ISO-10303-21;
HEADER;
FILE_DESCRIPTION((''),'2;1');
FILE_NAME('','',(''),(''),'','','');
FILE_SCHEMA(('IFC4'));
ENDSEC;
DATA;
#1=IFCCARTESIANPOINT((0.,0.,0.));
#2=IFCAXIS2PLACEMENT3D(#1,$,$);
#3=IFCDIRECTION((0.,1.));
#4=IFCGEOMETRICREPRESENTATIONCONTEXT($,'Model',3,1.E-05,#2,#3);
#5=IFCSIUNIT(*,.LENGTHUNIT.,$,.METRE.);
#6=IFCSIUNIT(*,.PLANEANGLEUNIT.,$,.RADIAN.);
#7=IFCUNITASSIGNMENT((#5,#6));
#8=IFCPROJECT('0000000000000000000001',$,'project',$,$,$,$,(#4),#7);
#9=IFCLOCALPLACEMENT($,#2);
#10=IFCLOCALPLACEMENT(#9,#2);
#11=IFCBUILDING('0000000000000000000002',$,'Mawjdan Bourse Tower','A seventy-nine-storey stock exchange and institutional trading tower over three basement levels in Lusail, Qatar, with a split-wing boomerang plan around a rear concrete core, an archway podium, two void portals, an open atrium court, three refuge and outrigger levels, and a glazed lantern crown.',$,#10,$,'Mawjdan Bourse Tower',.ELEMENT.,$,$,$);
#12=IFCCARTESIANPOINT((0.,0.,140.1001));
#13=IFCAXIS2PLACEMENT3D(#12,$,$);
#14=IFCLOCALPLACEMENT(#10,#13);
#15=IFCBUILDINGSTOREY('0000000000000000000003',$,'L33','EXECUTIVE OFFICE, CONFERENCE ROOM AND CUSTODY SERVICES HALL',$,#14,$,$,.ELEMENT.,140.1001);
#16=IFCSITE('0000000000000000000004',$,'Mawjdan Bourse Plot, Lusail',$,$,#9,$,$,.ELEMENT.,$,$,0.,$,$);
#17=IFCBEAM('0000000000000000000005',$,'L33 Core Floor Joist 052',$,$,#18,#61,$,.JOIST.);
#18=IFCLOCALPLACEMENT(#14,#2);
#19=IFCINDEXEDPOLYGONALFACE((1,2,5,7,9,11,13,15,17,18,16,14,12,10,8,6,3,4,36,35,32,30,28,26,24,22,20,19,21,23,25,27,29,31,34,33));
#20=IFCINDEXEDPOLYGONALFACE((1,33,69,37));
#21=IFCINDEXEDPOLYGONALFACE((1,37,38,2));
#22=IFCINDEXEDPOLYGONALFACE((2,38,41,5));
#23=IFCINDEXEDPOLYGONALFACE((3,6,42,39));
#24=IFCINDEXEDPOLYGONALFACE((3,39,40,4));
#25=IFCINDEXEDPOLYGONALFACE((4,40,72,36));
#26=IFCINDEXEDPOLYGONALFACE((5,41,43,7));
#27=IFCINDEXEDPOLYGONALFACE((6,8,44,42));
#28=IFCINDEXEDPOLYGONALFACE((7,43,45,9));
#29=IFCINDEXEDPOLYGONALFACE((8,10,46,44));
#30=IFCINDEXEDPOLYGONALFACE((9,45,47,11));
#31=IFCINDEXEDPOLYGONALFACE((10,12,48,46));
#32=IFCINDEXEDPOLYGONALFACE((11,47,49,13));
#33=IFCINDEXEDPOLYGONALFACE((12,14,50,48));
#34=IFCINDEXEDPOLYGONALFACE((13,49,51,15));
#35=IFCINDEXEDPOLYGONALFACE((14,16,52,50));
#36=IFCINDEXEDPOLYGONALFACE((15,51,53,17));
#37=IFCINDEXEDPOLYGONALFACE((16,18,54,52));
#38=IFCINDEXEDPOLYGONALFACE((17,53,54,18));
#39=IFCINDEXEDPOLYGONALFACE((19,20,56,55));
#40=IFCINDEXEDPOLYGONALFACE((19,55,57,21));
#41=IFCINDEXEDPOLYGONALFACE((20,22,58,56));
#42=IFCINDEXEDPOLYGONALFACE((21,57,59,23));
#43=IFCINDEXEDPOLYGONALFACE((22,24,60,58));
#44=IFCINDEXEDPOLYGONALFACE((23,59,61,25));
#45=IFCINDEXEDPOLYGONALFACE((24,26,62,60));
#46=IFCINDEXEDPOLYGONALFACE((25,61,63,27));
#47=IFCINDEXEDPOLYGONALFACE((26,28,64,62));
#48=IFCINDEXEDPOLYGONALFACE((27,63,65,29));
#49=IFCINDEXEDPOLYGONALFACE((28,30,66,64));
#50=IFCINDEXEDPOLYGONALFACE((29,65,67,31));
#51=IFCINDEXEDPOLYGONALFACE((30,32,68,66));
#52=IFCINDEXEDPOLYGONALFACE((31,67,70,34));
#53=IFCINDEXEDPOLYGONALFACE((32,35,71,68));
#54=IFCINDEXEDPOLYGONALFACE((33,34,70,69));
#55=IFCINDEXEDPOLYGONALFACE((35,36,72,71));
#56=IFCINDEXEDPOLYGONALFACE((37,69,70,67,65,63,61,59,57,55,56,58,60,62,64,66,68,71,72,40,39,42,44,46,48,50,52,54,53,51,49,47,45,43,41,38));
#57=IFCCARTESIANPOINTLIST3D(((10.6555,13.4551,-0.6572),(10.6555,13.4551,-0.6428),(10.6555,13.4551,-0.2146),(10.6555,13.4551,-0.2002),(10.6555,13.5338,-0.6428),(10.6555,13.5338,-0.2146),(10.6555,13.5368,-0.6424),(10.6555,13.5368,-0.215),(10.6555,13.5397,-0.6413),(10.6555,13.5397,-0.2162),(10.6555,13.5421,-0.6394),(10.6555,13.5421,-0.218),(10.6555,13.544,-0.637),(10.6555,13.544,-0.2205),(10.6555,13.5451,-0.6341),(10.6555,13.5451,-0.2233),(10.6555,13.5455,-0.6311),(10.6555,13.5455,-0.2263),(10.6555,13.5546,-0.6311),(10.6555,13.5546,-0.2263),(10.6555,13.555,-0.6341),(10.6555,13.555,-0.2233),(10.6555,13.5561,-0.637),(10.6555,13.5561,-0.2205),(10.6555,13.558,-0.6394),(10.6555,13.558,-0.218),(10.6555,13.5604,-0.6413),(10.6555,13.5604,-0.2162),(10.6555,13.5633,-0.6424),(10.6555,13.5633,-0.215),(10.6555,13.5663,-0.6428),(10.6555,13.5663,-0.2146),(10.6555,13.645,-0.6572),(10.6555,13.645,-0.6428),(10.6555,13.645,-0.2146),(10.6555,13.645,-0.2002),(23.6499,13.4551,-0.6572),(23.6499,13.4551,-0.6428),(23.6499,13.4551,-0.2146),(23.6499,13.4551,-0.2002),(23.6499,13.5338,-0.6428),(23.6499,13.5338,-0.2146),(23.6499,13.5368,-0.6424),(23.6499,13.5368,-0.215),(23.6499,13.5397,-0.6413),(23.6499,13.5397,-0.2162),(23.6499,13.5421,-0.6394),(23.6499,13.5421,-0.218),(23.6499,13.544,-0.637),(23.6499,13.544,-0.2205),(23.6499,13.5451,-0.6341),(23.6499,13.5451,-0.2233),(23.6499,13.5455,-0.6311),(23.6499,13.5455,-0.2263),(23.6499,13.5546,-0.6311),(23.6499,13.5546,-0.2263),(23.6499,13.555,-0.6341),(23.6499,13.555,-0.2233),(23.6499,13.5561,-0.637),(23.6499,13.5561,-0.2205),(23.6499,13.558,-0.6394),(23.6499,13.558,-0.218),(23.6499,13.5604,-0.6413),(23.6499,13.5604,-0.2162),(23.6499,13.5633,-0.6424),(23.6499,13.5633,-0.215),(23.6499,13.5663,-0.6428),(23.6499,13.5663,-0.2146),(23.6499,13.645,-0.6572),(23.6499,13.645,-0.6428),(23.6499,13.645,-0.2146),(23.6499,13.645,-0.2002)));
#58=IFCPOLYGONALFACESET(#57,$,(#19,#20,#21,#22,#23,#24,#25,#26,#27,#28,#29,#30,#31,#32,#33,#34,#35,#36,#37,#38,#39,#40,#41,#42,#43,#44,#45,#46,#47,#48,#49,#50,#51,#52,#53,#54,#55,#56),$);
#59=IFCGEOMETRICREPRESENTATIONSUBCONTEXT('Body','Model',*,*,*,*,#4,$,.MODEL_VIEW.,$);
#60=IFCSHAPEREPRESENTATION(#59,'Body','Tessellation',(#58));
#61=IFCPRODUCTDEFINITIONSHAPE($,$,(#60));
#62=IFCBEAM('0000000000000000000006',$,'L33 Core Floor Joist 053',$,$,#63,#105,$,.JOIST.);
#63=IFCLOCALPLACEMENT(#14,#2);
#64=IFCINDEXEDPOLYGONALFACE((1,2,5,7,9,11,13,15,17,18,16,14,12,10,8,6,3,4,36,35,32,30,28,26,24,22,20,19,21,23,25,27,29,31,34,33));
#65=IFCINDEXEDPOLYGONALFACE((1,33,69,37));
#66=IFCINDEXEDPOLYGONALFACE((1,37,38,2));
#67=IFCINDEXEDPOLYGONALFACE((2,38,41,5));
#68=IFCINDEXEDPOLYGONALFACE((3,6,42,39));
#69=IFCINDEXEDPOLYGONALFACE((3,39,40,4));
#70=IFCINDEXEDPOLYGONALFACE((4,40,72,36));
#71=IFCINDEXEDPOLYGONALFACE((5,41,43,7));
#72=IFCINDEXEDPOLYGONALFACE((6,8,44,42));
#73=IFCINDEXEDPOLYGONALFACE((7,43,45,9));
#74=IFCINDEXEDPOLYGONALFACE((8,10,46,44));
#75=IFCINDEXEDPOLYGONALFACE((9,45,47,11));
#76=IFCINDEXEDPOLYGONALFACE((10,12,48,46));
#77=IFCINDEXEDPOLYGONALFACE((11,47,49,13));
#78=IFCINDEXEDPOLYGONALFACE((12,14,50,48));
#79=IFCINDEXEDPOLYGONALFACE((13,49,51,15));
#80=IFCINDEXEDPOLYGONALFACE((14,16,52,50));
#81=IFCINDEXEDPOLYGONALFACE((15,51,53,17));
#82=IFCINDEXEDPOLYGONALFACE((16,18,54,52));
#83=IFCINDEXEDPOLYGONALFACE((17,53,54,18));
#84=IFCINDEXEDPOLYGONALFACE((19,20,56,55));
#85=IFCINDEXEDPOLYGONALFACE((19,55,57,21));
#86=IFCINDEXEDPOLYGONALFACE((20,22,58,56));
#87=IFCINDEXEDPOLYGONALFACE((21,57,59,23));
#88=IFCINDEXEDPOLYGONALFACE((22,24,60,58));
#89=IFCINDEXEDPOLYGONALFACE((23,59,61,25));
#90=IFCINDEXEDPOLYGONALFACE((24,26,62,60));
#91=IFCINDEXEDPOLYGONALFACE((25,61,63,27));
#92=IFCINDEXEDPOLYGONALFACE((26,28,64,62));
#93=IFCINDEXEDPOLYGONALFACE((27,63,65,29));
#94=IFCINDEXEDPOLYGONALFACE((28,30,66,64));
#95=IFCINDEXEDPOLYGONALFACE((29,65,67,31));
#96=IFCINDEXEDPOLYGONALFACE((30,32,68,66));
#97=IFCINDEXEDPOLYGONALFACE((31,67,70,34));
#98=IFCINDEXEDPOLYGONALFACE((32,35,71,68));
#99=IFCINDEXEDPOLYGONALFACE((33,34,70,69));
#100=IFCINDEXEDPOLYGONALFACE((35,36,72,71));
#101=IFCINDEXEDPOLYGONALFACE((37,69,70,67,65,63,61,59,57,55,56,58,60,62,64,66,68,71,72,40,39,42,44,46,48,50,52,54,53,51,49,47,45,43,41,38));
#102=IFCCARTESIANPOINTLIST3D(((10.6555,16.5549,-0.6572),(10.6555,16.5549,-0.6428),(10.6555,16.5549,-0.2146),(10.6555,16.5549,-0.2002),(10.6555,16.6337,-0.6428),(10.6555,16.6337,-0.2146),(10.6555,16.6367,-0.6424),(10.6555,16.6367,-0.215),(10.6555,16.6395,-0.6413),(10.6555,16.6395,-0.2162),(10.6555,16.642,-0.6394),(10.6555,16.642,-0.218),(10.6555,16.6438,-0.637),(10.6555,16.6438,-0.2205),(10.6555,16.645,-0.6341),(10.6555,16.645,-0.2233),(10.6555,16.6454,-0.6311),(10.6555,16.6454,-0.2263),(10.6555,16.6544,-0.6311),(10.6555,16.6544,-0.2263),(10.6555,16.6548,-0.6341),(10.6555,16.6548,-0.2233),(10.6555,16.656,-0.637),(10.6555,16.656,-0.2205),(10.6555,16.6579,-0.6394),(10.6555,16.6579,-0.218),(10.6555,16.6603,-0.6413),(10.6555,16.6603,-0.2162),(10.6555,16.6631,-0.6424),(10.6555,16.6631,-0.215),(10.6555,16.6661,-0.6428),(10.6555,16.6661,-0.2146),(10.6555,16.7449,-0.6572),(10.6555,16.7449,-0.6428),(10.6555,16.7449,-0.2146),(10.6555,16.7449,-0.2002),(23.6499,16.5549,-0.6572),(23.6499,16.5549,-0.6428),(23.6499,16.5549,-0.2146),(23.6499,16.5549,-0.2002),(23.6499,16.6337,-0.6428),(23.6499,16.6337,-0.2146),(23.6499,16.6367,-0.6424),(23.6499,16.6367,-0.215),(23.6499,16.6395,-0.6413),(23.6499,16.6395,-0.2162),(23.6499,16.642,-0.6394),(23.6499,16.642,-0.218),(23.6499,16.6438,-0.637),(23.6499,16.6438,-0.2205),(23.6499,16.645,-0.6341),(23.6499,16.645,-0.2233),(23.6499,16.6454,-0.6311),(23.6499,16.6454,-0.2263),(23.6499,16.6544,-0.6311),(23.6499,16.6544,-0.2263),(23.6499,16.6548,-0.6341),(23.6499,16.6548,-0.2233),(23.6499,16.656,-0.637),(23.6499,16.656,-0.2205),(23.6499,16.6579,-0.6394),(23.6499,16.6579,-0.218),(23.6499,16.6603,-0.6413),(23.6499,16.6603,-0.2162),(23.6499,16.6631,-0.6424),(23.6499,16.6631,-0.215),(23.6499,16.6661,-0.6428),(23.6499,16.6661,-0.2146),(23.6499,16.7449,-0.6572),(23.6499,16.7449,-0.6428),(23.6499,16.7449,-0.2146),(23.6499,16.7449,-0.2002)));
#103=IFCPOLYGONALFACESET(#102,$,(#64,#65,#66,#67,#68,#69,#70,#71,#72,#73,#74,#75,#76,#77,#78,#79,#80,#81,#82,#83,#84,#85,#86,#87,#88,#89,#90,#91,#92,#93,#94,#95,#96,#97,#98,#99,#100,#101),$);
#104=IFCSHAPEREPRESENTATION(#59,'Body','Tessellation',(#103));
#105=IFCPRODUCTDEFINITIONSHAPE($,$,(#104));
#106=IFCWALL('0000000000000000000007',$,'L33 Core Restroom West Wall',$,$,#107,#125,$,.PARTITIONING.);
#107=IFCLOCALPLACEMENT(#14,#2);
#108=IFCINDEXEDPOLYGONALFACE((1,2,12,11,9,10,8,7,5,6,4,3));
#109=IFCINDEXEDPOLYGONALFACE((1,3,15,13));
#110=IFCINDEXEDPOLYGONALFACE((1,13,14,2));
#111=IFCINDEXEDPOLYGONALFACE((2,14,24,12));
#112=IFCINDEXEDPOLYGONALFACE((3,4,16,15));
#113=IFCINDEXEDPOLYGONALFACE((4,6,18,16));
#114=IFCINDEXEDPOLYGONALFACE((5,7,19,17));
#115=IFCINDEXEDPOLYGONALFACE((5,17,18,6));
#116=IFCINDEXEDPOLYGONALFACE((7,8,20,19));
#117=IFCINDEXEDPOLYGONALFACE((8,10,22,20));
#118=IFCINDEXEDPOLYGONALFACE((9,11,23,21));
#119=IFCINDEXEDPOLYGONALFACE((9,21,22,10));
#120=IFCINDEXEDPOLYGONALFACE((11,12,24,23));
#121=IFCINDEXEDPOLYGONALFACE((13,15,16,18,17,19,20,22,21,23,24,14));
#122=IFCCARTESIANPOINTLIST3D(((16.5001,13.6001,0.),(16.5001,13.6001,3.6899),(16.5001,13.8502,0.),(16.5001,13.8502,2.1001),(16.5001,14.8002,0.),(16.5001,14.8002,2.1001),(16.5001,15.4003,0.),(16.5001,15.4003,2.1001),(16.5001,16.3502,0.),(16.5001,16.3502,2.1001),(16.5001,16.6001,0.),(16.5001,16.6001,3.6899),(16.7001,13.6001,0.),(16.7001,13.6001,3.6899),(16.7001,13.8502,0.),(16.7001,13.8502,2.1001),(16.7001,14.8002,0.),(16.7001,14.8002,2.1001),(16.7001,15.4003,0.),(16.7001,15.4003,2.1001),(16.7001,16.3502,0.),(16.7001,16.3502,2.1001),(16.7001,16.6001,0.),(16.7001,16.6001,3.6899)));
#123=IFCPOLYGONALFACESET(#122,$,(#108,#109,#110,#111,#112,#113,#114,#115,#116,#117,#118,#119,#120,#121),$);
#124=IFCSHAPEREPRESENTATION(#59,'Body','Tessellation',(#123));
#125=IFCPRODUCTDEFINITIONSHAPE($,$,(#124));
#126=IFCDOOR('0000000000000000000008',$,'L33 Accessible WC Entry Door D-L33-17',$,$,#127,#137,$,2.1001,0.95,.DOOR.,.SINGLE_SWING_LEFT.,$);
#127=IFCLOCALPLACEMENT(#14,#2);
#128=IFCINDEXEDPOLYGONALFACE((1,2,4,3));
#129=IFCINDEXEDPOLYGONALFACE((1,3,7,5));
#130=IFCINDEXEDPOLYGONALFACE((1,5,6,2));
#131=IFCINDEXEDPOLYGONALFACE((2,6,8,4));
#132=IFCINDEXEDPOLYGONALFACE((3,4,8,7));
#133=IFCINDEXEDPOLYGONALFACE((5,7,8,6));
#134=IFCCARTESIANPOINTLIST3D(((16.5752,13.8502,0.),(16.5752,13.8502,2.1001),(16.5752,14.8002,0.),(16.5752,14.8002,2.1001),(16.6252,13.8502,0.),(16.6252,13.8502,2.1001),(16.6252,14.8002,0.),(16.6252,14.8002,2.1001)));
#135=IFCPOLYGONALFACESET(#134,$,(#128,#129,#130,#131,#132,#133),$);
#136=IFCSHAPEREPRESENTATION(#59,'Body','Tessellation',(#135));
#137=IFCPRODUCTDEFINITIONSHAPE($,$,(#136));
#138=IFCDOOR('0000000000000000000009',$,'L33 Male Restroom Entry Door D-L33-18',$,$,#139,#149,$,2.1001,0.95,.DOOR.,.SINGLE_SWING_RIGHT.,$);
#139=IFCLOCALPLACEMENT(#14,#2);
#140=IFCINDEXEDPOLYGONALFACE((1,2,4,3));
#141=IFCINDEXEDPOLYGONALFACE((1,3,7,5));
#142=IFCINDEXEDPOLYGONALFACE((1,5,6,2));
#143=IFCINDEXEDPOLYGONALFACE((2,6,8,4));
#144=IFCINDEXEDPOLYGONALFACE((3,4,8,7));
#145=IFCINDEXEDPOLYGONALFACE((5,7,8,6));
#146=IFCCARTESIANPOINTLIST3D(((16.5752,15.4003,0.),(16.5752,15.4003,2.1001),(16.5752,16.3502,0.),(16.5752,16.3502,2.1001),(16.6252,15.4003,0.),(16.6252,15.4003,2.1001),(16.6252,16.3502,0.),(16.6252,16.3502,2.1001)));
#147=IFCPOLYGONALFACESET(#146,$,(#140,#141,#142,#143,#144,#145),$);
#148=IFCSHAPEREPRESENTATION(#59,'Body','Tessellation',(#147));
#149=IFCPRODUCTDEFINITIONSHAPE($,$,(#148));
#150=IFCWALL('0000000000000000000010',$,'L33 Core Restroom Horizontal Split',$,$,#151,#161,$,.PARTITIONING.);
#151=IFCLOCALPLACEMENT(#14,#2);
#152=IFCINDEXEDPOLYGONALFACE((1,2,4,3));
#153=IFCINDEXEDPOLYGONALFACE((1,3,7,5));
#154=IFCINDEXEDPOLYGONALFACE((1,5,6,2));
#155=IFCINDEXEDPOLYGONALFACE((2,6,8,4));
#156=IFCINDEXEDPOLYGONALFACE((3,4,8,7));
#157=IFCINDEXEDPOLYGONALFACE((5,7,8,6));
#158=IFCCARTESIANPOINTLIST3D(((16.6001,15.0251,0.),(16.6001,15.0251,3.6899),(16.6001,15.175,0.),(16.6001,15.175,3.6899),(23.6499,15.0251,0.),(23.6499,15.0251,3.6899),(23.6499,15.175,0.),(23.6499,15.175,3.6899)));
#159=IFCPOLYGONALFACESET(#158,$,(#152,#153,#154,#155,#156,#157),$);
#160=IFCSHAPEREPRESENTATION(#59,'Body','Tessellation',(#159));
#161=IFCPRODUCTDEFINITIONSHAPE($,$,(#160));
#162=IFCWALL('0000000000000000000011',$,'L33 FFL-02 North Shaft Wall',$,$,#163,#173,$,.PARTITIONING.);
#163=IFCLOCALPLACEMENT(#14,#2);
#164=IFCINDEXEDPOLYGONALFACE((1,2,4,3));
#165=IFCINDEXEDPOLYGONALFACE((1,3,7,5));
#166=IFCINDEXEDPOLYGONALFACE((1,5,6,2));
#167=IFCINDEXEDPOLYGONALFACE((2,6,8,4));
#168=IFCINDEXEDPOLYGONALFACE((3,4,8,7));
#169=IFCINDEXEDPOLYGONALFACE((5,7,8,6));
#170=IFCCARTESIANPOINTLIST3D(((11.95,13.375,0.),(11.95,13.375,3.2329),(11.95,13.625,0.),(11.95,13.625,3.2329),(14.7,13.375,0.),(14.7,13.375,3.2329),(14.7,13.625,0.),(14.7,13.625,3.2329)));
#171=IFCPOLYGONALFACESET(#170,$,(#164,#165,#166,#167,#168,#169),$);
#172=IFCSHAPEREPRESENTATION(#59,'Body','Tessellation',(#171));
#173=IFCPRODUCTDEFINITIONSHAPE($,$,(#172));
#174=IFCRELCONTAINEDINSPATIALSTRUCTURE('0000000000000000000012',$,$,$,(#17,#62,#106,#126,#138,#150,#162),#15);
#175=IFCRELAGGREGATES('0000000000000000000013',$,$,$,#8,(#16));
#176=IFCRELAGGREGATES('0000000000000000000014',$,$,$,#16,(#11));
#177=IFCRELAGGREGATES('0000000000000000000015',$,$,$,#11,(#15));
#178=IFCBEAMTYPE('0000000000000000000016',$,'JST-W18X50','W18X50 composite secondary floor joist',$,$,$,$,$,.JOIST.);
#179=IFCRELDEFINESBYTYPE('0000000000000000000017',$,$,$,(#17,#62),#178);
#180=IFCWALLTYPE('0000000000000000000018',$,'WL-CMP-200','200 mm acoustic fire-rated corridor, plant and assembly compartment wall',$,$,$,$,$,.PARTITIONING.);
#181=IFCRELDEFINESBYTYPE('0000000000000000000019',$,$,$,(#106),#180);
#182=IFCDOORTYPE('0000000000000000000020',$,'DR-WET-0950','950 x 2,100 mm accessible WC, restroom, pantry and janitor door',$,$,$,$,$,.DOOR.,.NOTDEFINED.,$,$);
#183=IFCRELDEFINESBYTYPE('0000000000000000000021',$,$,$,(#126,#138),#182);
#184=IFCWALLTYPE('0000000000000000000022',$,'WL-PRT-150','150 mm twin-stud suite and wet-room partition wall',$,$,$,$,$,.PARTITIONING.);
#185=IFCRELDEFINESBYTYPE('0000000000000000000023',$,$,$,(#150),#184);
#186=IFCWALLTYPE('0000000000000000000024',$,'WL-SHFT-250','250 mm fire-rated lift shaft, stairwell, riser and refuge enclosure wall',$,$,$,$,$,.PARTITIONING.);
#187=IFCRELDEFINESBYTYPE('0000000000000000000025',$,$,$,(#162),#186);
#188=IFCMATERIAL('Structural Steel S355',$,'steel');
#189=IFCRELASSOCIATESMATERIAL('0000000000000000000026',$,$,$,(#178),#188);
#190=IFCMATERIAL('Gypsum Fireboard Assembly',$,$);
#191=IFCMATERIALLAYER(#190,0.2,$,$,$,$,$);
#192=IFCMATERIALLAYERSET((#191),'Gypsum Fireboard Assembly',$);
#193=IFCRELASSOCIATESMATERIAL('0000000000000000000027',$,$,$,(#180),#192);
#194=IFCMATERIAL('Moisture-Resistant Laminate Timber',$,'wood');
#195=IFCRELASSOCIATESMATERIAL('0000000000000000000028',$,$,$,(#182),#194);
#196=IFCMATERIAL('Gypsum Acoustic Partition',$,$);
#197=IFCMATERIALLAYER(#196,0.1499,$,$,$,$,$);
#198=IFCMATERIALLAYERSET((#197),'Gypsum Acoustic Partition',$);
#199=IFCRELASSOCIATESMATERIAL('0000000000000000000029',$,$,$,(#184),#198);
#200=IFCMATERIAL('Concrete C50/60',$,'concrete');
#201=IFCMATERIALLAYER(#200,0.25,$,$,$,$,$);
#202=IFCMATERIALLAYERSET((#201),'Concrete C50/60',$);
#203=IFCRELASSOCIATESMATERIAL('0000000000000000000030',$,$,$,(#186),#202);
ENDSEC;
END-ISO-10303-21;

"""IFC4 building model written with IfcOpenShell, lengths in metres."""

from ifc_helpers import new_model, si_unit, direction, frame, frame_2d, origin, origin_2d, place, context, subcontext, project, spatial, rectangle, i_section, extrude, material, layer, layer_set, material_profile, profile_set, type_object, element, fill, save


model = new_model("IFC4")

# Units and contexts
model_context = context("Model", 3, precision=1e-05, world=origin(), true_north=direction((0.0, 1.0)))
body_context = subcontext(model_context, "Body", "Model", "MODEL_VIEW")
ifc_project = project(units=[si_unit("LENGTHUNIT", "METRE"), si_unit("PLANEANGLEUNIT", "RADIAN")], contexts=[model_context])

# Site, building, storey
site_placement = place(None, origin())
site = spatial("IfcSite", under=ifc_project, at=site_placement, Name="Mawjdan Bourse Plot, Lusail", CompositionType="ELEMENT", RefElevation=0.0)
building_placement = place(site_placement, origin())
building = spatial("IfcBuilding", under=site, at=building_placement, Name="Mawjdan Bourse Tower", Description="A seventy-nine-storey stock exchange and institutional trading tower over three basement levels in Lusail, Qatar, with a split-wing boomerang plan around a rear concrete core, an archway podium, two void portals, an open atrium court, three refuge and outrigger levels, and a glazed lantern crown.", LongName="Mawjdan Bourse Tower", CompositionType="ELEMENT")
storey_placement = place(building_placement, frame((0.0, 0.0, 140.1001)))
storey = spatial("IfcBuildingStorey", under=building, at=storey_placement, Name="L33", Description="EXECUTIVE OFFICE, CONFERENCE ROOM AND CUSTODY SERVICES HALL", CompositionType="ELEMENT", Elevation=140.1001)

# Beams
ifc_material_1 = material(Name="Structural Steel S355", Category="steel")
ifc_material_profile = material_profile(ifc_material_1, i_section(OverallWidth=0.1899, OverallDepth=0.457, WebThickness=0.009, FlangeThickness=0.0144, FilletRadius=0.0117, at=origin_2d()), Name="W18X50")
ifc_profile_set = profile_set([ifc_material_profile], Name="Structural Steel S355")
beam_type = type_object("IfcBeamType", Name="JST-W18X50", Description="W18X50 composite secondary floor joist", PredefinedType="JOIST", material=ifc_profile_set)
for number, where, z_axis, x_axis, name in (
    (1, (10.6555, 13.55, -0.4287), (1.0, 0.0, 0.0), (0.0, 1.0, 0.0), "L33 Core Floor Joist 052"),
    (2, (10.6555, 16.6499, -0.4287), (1.0, 0.0, 0.0), (0.0, 1.0, 0.0), "L33 Core Floor Joist 053"),
):
    element("IfcBeam", number, at=place(storey_placement, frame(where, z_axis=z_axis, x_axis=x_axis)), inside=storey, type_object=beam_type, Name=name, PredefinedType="JOIST", context=body_context, shape_type="SweptSolid", body=[
        extrude(i_section(OverallWidth=0.1899, OverallDepth=0.457, WebThickness=0.009, FlangeThickness=0.0144, FilletRadius=0.0117, at=origin_2d()), origin(), (0.0, 0.0, 1.0), 12.9944),
    ])

# Wall, openings, doors
ifc_material_2 = material(Name="Gypsum Fireboard Assembly")
ifc_layer_1 = layer(ifc_material_2, 0.2)
ifc_layer_set_1 = layer_set([ifc_layer_1], Name="Gypsum Fireboard Assembly")
wall_type_1 = type_object("IfcWallType", Name="WL-CMP-200", Description="200 mm acoustic fire-rated corridor, plant and assembly compartment wall", PredefinedType="PARTITIONING", material=ifc_layer_set_1)
wall_1_placement = place(storey_placement, frame((16.6001, 13.6001, 0.0), z_axis=(0.0, 0.0, 1.0), x_axis=(0.0, 1.0, 0.0)))
wall_1 = element("IfcWall", 3, at=wall_1_placement, inside=storey, type_object=wall_type_1, Name="L33 Core Restroom West Wall", PredefinedType="PARTITIONING", context=body_context, shape_type="SweptSolid", body=[
    extrude(rectangle(XDim=3.0, YDim=0.2, at=frame_2d((1.5, 0.0))), origin(), (0.0, 0.0, 1.0), 3.6899),
])
opening_1_placement = place(wall_1_placement, frame((0.25, 0.0, 0.0)))
opening_1 = element("IfcOpeningElement", 4, at=opening_1_placement, cuts=wall_1, PredefinedType="OPENING", context=body_context, shape_type="SweptSolid", body=[
    extrude(rectangle(XDim=0.95, YDim=2.1001, at=frame_2d((0.4751, 1.05))), frame((0.0, 0.1099, 0.0), z_axis=(0.0, -1.0, 0.0), x_axis=(1.0, 0.0, 0.0)), (0.0, 0.0, 1.0), 0.22),
])
opening_2_placement = place(wall_1_placement, frame((1.8, 0.0, 0.0)))
opening_2 = element("IfcOpeningElement", 5, at=opening_2_placement, cuts=wall_1, PredefinedType="OPENING", context=body_context, shape_type="SweptSolid", body=[
    extrude(rectangle(XDim=0.95, YDim=2.1001, at=frame_2d((0.4751, 1.05))), frame((0.0, 0.1099, 0.0), z_axis=(0.0, -1.0, 0.0), x_axis=(1.0, 0.0, 0.0)), (0.0, 0.0, 1.0), 0.22),
])
ifc_material_3 = material(Name="Moisture-Resistant Laminate Timber", Category="wood")
door_type_1 = type_object("IfcDoorType", Name="DR-WET-0950", Description="950 x 2,100 mm accessible WC, restroom, pantry and janitor door", OperationType="NOTDEFINED", PredefinedType="DOOR", material=ifc_material_3)
door_1_placement = place(opening_1_placement, origin())
door_1 = element("IfcDoor", 6, at=door_1_placement, inside=storey, type_object=door_type_1, Name="L33 Accessible WC Entry Door D-L33-17", OperationType="SINGLE_SWING_LEFT", OverallHeight=2.1001, OverallWidth=0.95, PredefinedType="DOOR", context=body_context, shape_type="SweptSolid", body=[
    extrude(rectangle(XDim=0.95, YDim=2.1001, at=frame_2d((0.4751, 1.05))), frame((0.0, 0.0249, 0.0), z_axis=(0.0, -1.0, 0.0), x_axis=(1.0, 0.0, 0.0)), (0.0, 0.0, 1.0), 0.05),
])
fill(opening_1, door_1)
door_2_placement = place(opening_2_placement, origin())
door_2 = element("IfcDoor", 7, at=door_2_placement, inside=storey, type_object=door_type_1, Name="L33 Male Restroom Entry Door D-L33-18", OperationType="SINGLE_SWING_RIGHT", OverallHeight=2.1001, OverallWidth=0.95, PredefinedType="DOOR", context=body_context, shape_type="SweptSolid", body=[
    extrude(rectangle(XDim=0.95, YDim=2.1001, at=frame_2d((0.4751, 1.05))), frame((0.0, 0.0249, 0.0), z_axis=(0.0, -1.0, 0.0), x_axis=(1.0, 0.0, 0.0)), (0.0, 0.0, 1.0), 0.05),
])
fill(opening_2, door_2)

# Walls
ifc_material_4 = material(Name="Gypsum Acoustic Partition")
ifc_layer_2 = layer(ifc_material_4, 0.1499)
ifc_layer_set_2 = layer_set([ifc_layer_2], Name="Gypsum Acoustic Partition")
wall_type_2 = type_object("IfcWallType", Name="WL-PRT-150", Description="150 mm twin-stud suite and wet-room partition wall", PredefinedType="PARTITIONING", material=ifc_layer_set_2)
wall_2_placement = place(storey_placement, frame((16.6001, 15.1001, 0.0), z_axis=(0.0, 0.0, 1.0), x_axis=(1.0, 0.0, 0.0)))
element("IfcWall", 8, at=wall_2_placement, inside=storey, type_object=wall_type_2, Name="L33 Core Restroom Horizontal Split", PredefinedType="PARTITIONING", context=body_context, shape_type="SweptSolid", body=[
    extrude(rectangle(XDim=7.0498, YDim=0.1499, at=frame_2d((3.5249, 0.0))), origin(), (0.0, 0.0, 1.0), 3.6899),
])
ifc_material_5 = material(Name="Concrete C50/60", Category="concrete")
ifc_layer_3 = layer(ifc_material_5, 0.25)
ifc_layer_set_3 = layer_set([ifc_layer_3], Name="Concrete C50/60")
wall_type_3 = type_object("IfcWallType", Name="WL-SHFT-250", Description="250 mm fire-rated lift shaft, stairwell, riser and refuge enclosure wall", PredefinedType="PARTITIONING", material=ifc_layer_set_3)
wall_3_placement = place(storey_placement, frame((11.95, 13.5, 0.0), z_axis=(0.0, 0.0, 1.0), x_axis=(1.0, 0.0, 0.0)))
element("IfcWall", 9, at=wall_3_placement, inside=storey, type_object=wall_type_3, Name="L33 FFL-02 North Shaft Wall", PredefinedType="PARTITIONING", context=body_context, shape_type="SweptSolid", body=[
    extrude(rectangle(XDim=2.75, YDim=0.25, at=frame_2d((1.375, 0.0))), origin(), (0.0, 0.0, 1.0), 3.2329),
])

save(model, "model.ifc")
